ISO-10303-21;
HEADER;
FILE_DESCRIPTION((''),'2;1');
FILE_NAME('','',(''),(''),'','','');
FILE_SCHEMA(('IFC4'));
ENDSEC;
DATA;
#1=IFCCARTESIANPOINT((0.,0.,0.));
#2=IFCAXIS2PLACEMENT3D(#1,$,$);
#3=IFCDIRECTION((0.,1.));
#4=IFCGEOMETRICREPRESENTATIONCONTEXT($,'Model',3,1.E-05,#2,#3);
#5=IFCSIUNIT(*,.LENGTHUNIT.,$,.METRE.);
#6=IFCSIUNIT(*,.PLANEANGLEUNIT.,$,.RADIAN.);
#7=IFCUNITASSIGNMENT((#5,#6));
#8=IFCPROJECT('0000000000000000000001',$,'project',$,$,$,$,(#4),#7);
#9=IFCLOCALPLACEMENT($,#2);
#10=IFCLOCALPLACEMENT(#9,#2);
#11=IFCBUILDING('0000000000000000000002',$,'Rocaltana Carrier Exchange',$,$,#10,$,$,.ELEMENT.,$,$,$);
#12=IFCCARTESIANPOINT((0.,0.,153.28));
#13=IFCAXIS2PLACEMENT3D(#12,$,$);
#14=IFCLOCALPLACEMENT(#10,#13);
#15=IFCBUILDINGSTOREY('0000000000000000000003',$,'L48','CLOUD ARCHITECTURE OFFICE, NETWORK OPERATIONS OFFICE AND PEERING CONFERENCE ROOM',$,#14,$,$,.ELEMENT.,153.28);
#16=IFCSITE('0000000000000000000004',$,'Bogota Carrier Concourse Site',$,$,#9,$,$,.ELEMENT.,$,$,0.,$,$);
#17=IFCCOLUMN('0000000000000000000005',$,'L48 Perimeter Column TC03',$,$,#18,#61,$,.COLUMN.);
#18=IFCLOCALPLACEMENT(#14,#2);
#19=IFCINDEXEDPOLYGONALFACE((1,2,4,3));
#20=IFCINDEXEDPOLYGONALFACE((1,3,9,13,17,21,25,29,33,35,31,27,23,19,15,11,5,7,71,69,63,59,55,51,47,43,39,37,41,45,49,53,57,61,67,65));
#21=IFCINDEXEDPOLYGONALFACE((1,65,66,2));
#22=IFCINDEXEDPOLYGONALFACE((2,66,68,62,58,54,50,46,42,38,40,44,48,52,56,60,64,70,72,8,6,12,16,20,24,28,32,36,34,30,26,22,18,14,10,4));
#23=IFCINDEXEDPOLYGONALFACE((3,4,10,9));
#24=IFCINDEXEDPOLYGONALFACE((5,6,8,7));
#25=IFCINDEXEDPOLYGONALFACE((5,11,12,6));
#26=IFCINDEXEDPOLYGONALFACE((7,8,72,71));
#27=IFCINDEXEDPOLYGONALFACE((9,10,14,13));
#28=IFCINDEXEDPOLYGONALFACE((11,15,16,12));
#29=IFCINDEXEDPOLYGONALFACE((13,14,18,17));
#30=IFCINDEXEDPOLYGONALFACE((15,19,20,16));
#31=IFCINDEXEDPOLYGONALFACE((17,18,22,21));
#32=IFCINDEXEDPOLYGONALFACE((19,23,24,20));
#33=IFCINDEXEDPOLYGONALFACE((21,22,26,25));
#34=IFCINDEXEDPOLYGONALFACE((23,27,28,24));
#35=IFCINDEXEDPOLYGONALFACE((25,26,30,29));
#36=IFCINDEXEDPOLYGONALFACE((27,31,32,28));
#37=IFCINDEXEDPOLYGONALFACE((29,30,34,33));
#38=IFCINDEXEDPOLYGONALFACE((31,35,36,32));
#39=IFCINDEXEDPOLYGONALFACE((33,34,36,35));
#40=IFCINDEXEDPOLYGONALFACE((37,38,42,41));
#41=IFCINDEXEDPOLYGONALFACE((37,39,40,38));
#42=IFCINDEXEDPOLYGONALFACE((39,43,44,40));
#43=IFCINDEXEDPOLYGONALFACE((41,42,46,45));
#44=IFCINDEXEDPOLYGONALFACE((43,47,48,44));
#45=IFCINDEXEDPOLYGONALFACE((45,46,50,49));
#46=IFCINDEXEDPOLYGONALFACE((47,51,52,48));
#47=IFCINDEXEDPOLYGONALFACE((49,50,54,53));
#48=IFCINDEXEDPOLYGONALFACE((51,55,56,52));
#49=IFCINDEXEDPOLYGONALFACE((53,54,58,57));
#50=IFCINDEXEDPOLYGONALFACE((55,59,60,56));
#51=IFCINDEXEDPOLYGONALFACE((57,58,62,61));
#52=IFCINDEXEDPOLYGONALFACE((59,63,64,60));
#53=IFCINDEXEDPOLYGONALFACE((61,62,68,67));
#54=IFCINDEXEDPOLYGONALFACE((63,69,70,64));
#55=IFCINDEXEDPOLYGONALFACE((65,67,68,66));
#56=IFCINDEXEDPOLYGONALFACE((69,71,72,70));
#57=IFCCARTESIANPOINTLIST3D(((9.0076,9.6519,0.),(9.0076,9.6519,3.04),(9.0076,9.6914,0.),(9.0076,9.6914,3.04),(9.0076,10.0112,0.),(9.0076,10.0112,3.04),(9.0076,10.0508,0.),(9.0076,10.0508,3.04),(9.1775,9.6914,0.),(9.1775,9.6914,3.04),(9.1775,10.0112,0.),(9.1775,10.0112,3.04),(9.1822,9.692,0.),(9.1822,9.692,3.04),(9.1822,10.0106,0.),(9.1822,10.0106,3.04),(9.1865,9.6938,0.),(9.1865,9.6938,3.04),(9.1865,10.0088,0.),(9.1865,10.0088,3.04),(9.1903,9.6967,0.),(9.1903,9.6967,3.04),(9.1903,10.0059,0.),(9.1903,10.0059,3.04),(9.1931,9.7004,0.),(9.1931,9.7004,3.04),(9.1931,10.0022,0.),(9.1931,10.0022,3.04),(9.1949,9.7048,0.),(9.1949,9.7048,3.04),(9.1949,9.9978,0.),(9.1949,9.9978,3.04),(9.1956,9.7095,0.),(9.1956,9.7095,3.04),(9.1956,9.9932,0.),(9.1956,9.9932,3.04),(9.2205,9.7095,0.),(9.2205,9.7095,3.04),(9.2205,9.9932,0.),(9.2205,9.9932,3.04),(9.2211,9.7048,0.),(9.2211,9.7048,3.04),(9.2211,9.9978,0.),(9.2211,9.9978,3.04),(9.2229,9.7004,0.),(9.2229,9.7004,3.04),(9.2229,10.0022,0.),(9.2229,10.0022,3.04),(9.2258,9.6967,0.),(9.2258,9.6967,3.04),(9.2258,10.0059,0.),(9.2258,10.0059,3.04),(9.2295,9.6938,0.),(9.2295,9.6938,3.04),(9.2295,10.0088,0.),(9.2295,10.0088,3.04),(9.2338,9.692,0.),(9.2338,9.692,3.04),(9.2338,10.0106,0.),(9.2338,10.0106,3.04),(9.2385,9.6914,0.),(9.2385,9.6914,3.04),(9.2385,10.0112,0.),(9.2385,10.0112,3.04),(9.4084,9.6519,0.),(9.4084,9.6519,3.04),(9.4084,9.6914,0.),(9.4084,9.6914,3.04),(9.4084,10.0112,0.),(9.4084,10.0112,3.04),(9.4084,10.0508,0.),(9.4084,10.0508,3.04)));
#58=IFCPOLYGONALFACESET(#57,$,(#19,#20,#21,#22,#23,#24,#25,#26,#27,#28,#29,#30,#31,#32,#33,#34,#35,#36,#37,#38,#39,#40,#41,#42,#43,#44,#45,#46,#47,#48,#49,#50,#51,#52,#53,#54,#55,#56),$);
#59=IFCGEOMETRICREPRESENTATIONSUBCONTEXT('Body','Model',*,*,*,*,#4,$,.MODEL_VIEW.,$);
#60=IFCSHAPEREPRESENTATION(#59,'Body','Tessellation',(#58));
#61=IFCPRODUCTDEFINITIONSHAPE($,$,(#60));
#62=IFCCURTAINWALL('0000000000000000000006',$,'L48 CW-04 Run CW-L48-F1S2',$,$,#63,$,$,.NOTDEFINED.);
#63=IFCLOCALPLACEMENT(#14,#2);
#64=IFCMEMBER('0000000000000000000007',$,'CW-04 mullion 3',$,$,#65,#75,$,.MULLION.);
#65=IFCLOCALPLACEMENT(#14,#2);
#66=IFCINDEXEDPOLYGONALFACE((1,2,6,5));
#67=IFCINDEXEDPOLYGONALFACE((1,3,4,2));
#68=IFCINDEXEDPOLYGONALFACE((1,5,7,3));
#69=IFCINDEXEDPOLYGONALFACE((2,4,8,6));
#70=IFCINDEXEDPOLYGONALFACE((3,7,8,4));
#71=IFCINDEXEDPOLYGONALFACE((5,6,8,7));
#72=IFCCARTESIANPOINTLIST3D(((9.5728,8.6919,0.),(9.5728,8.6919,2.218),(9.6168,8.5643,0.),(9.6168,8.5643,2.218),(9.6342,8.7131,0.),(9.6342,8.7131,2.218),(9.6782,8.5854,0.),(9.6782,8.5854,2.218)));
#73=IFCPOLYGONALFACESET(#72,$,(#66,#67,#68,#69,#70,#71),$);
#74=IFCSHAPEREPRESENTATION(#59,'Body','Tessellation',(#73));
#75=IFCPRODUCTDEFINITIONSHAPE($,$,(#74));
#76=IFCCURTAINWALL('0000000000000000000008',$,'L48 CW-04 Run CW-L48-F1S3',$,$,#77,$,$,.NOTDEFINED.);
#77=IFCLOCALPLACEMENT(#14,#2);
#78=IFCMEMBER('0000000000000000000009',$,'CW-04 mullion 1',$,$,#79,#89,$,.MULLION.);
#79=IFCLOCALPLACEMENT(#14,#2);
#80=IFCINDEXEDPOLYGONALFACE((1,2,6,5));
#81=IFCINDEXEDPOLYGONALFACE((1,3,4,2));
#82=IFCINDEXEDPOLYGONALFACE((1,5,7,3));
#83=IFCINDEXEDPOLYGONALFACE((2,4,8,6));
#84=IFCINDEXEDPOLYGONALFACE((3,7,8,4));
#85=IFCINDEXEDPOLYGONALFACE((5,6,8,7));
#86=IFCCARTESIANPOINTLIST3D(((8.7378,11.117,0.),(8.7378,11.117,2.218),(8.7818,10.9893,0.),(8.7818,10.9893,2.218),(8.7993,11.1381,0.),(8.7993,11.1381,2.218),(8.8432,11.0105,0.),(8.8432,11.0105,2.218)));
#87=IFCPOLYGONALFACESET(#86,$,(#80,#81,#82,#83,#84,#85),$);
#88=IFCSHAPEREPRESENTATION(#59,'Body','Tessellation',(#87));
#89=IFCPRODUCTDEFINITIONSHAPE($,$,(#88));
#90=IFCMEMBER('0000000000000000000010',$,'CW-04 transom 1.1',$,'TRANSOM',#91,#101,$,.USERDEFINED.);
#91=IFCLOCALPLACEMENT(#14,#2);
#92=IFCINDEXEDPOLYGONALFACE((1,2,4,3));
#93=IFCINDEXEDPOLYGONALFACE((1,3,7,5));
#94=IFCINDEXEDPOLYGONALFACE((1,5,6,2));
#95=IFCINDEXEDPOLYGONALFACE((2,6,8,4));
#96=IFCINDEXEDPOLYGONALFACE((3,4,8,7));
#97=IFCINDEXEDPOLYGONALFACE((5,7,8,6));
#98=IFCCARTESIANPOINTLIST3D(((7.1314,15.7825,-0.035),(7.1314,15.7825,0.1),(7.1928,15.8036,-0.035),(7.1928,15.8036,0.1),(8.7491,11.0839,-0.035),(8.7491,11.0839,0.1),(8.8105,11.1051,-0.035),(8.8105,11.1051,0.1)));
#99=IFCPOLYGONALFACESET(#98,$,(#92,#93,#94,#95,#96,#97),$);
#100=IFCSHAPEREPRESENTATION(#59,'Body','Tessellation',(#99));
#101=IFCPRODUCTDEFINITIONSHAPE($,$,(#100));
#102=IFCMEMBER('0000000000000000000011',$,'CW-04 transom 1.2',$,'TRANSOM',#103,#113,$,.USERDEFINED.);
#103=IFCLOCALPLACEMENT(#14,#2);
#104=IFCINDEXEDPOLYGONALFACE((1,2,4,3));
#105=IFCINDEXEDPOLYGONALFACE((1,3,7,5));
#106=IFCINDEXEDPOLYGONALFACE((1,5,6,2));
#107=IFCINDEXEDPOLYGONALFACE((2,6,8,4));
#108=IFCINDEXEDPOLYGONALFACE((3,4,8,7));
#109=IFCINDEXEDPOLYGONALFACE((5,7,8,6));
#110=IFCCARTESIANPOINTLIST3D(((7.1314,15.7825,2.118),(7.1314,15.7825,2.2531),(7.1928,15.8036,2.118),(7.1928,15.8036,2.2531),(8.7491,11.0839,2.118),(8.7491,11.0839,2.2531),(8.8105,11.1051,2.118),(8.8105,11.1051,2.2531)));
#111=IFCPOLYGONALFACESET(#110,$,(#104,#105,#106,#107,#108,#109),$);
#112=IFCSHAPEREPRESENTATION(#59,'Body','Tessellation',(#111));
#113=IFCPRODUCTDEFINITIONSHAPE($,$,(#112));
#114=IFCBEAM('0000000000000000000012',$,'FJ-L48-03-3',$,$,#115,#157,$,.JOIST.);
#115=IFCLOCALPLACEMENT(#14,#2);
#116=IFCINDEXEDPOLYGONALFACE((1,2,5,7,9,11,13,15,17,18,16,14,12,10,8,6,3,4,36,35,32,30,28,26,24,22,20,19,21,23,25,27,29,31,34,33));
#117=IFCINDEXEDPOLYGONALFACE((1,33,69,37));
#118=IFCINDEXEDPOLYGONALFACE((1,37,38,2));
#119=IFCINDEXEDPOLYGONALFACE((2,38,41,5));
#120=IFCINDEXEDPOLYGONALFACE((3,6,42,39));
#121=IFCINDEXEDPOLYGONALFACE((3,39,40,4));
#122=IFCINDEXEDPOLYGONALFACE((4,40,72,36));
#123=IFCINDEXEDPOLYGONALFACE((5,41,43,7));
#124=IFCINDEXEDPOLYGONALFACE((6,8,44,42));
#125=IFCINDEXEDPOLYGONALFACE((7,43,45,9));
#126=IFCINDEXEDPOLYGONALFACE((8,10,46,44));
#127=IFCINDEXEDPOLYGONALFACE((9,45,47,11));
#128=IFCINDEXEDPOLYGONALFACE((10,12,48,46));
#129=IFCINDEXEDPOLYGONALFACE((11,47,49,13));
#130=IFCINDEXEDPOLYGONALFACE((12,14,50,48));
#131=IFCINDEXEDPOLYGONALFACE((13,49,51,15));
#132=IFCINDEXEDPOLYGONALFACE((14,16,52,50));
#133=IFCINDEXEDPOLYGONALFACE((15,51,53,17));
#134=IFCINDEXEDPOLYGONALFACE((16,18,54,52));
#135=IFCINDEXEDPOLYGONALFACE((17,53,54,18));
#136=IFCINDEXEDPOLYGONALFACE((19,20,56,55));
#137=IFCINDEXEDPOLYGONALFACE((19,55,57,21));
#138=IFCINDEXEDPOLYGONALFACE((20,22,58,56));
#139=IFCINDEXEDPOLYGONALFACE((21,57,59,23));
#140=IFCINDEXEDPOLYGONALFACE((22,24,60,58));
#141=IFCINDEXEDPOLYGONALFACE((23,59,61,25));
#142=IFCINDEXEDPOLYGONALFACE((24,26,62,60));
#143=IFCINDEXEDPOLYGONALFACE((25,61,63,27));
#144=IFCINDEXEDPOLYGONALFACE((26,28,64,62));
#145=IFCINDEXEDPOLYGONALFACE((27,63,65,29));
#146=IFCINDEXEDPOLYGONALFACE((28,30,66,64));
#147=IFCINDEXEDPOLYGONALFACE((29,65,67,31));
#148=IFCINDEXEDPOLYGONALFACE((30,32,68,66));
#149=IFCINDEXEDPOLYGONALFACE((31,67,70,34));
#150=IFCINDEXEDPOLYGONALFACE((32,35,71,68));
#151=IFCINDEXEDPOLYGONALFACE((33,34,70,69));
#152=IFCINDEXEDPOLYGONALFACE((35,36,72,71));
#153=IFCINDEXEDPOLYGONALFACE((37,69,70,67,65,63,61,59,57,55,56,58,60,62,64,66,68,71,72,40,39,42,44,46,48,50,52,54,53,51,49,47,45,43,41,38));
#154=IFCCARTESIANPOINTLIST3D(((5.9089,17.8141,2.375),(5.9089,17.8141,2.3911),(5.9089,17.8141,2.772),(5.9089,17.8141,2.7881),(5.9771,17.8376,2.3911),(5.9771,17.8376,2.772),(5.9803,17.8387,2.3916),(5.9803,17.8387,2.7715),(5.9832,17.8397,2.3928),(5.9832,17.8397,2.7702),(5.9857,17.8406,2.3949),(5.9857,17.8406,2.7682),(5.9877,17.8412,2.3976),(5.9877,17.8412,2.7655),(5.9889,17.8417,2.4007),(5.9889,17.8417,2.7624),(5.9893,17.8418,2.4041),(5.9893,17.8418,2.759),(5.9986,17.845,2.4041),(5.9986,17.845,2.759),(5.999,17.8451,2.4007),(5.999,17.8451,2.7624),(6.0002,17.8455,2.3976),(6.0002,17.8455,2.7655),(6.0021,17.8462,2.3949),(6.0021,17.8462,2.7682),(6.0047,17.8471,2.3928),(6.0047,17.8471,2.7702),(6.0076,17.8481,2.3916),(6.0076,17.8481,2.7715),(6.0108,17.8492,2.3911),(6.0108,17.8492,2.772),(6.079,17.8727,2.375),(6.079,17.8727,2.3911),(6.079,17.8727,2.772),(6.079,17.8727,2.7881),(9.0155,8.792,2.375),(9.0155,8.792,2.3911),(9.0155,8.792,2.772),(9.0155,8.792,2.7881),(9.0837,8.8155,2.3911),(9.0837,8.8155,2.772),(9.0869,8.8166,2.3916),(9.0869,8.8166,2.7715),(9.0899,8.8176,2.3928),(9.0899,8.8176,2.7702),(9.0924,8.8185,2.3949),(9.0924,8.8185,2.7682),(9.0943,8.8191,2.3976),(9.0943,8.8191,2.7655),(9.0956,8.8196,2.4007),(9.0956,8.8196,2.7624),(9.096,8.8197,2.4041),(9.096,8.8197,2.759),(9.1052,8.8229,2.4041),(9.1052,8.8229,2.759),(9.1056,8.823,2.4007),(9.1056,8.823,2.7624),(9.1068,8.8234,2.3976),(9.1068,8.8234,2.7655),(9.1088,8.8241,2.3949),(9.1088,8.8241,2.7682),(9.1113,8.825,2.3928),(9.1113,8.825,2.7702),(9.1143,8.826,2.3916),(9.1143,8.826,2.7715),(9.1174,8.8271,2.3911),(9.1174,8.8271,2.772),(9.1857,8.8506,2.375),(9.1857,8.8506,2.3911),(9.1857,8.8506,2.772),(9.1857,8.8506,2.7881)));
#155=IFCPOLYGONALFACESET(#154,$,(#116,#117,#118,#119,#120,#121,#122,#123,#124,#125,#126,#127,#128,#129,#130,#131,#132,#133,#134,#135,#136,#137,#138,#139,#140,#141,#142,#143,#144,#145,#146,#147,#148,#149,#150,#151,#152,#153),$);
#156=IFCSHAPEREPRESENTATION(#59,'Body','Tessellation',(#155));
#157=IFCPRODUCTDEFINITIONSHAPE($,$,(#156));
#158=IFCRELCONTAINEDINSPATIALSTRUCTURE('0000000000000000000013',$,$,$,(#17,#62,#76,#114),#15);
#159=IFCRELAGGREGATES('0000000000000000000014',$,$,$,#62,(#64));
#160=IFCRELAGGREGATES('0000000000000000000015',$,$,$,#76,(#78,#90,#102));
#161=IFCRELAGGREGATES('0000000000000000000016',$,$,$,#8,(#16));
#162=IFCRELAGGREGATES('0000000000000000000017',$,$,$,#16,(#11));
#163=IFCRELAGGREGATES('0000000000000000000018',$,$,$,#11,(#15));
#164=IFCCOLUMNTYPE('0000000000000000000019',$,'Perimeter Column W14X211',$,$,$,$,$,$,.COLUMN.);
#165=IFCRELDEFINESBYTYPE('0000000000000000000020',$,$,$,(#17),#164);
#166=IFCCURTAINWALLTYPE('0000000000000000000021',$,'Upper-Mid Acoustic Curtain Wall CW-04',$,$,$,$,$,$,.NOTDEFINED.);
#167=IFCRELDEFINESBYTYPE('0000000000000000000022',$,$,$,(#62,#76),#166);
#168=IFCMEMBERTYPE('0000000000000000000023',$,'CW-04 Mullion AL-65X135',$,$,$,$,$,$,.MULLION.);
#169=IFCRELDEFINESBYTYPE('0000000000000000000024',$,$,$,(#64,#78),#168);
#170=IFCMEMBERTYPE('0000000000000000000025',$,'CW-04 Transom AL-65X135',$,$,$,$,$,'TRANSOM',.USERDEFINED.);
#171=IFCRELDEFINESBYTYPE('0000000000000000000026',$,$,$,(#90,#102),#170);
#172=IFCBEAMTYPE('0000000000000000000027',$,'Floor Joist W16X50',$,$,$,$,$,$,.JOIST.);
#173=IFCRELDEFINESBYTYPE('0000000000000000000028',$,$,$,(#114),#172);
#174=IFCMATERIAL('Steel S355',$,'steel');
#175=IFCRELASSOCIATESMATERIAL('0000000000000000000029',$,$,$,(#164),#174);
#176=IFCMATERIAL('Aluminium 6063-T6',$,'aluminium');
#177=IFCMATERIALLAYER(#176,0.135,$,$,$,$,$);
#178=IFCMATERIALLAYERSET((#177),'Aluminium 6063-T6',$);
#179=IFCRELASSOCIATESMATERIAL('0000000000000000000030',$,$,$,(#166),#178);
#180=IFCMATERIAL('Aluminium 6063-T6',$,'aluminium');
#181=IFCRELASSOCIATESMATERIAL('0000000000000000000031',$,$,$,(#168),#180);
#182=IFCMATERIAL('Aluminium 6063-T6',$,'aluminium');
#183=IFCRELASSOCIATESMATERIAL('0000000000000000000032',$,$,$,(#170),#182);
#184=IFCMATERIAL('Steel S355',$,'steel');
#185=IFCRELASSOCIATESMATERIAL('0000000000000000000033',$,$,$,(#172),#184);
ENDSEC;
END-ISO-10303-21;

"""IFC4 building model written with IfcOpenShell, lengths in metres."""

from ifc_helpers import new_model, si_unit, direction, frame, origin, origin_2d, place, context, subcontext, project, spatial, rectangle, i_section, extrude, material, layer, layer_set, material_profile, profile_set, type_object, element, aggregate, save


model = new_model("IFC4")

# Units and contexts
model_context = context("Model", 3, precision=1e-05, world=origin(), true_north=direction((0.0, 1.0)))
body_context = subcontext(model_context, "Body", "Model", "MODEL_VIEW")
ifc_project = project(units=[si_unit("LENGTHUNIT", "METRE"), si_unit("PLANEANGLEUNIT", "RADIAN")], contexts=[model_context])

# Site, building, storey
site_placement = place(None, origin())
site = spatial("IfcSite", under=ifc_project, at=site_placement, Name="Bogota Carrier Concourse Site", CompositionType="ELEMENT", RefElevation=0.0)
building_placement = place(site_placement, origin())
building = spatial("IfcBuilding", under=site, at=building_placement, Name="Rocaltana Carrier Exchange", CompositionType="ELEMENT")
storey_placement = place(building_placement, frame((0.0, 0.0, 153.28)))
storey = spatial("IfcBuildingStorey", under=building, at=storey_placement, Name="L48", Description="CLOUD ARCHITECTURE OFFICE, NETWORK OPERATIONS OFFICE AND PEERING CONFERENCE ROOM", CompositionType="ELEMENT", Elevation=153.28)

# Column
ifc_material_1 = material(Name="Steel S355", Category="steel")
ifc_material_profile_1 = material_profile(ifc_material_1, i_section(OverallWidth=0.4009, OverallDepth=0.3989, WebThickness=0.0249, FlangeThickness=0.0396, FilletRadius=0.0181, at=origin_2d()), Name="W14X211")
ifc_profile_set_1 = profile_set([ifc_material_profile_1], Name="Steel S355")
column_type = type_object("IfcColumnType", Name="Perimeter Column W14X211", PredefinedType="COLUMN", material=ifc_profile_set_1)
column_placement = place(storey_placement, frame((9.208, 9.8513, 0.0), z_axis=(0.0, 0.0, 1.0), x_axis=(1.0, 0.0, 0.0)))
element("IfcColumn", 1, at=column_placement, inside=storey, type_object=column_type, Name="L48 Perimeter Column TC03", PredefinedType="COLUMN", context=body_context, shape_type="SweptSolid", body=[
    extrude(i_section(OverallWidth=0.4009, OverallDepth=0.3989, WebThickness=0.0249, FlangeThickness=0.0396, FilletRadius=0.0181, at=origin_2d()), origin(), (0.0, 0.0, 1.0), 3.04),
])

# Curtain wall, member
ifc_material_2 = material(Name="Aluminium 6063-T6", Category="aluminium")
ifc_layer_1 = layer(ifc_material_2, 0.135)
ifc_layer_set_1 = layer_set([ifc_layer_1], Name="Aluminium 6063-T6")
curtain_wall_type = type_object("IfcCurtainWallType", Name="Upper-Mid Acoustic Curtain Wall CW-04", PredefinedType="NOTDEFINED", material=ifc_layer_set_1)
curtain_wall_1_placement = place(storey_placement, origin())
curtain_wall_1 = element("IfcCurtainWall", 2, at=curtain_wall_1_placement, inside=storey, type_object=curtain_wall_type, Name="L48 CW-04 Run CW-L48-F1S2", PredefinedType="NOTDEFINED")
ifc_material_3 = material(Name="Aluminium 6063-T6", Category="aluminium")
ifc_material_profile_2 = material_profile(ifc_material_3, rectangle(XDim=0.0649, YDim=0.135, at=origin_2d()), Name="AL-65X135")
ifc_profile_set_2 = profile_set([ifc_material_profile_2], Name="Aluminium 6063-T6")
member_type_1 = type_object("IfcMemberType", Name="CW-04 Mullion AL-65X135", PredefinedType="MULLION", material=ifc_profile_set_2)
member_1_placement = place(storey_placement, frame((9.6255, 8.6387, 0.0), z_axis=(0.0, 0.0, 1.0), x_axis=(-0.945521, -0.325562, 0.0)))
member_1 = element("IfcMember", 3, at=member_1_placement, type_object=member_type_1, Name="CW-04 mullion 3", PredefinedType="MULLION", context=body_context, shape_type="SweptSolid", body=[
    extrude(rectangle(XDim=0.0649, YDim=0.135, at=origin_2d()), origin(), (0.0, 0.0, 1.0), 2.218),
])

# Curtain wall, members
curtain_wall_2_placement = place(storey_placement, origin())
curtain_wall_2 = element("IfcCurtainWall", 4, at=curtain_wall_2_placement, inside=storey, type_object=curtain_wall_type, Name="L48 CW-04 Run CW-L48-F1S3", PredefinedType="NOTDEFINED")
member_2_placement = place(storey_placement, frame((8.7905, 11.0637, 0.0), z_axis=(0.0, 0.0, 1.0), x_axis=(-0.945522, -0.325559, 0.0)))
member_2 = element("IfcMember", 5, at=member_2_placement, type_object=member_type_1, Name="CW-04 mullion 1", PredefinedType="MULLION", context=body_context, shape_type="SweptSolid", body=[
    extrude(rectangle(XDim=0.0649, YDim=0.135, at=origin_2d()), origin(), (0.0, 0.0, 1.0), 2.218),
])
ifc_material_4 = material(Name="Aluminium 6063-T6", Category="aluminium")
ifc_material_profile_3 = material_profile(ifc_material_4, rectangle(XDim=0.0649, YDim=0.135, at=origin_2d()), Name="AL-65X135")
ifc_profile_set_3 = profile_set([ifc_material_profile_3], Name="Aluminium 6063-T6")
member_type_2 = type_object("IfcMemberType", Name="CW-04 Transom AL-65X135", ElementType="TRANSOM", PredefinedType="USERDEFINED", material=ifc_profile_set_3)
member_3_placement = place(storey_placement, frame((8.7798, 11.0945, 0.0325), z_axis=(-0.325542, 0.945527, 0.0), x_axis=(-0.945527, -0.325542, 0.0)))
member_3 = element("IfcMember", 6, at=member_3_placement, type_object=member_type_2, Name="CW-04 transom 1.1", ObjectType="TRANSOM", PredefinedType="USERDEFINED", context=body_context, shape_type="SweptSolid", body=[
    extrude(rectangle(XDim=0.0649, YDim=0.135, at=origin_2d()), origin(), (0.0, 0.0, 1.0), 4.9692),
])
member_4_placement = place(storey_placement, frame((8.7798, 11.0945, 2.1855), z_axis=(-0.325542, 0.945527, 0.0), x_axis=(-0.945527, -0.325542, 0.0)))
member_4 = element("IfcMember", 7, at=member_4_placement, type_object=member_type_2, Name="CW-04 transom 1.2", ObjectType="TRANSOM", PredefinedType="USERDEFINED", context=body_context, shape_type="SweptSolid", body=[
    extrude(rectangle(XDim=0.0649, YDim=0.135, at=origin_2d()), origin(), (0.0, 0.0, 1.0), 4.9692),
])

# Beam
ifc_material_5 = material(Name="Steel S355", Category="steel")
ifc_material_profile_4 = material_profile(ifc_material_5, i_section(OverallWidth=0.1799, OverallDepth=0.4131, WebThickness=0.0098, FlangeThickness=0.0161, FilletRadius=0.0129, at=origin_2d()), Name="W16X50")
ifc_profile_set_4 = profile_set([ifc_material_profile_4], Name="Steel S355")
beam_type_1 = type_object("IfcBeamType", Name="Floor Joist W16X50", PredefinedType="JOIST", material=ifc_profile_set_4)
beam_1_placement = place(storey_placement, frame((9.1006, 8.8213, 2.5815), z_axis=(-0.325577, 0.945516, 0.0), x_axis=(-0.945516, -0.325577, 0.0)))
element("IfcBeam", 8, at=beam_1_placement, inside=storey, type_object=beam_type_1, Name="FJ-L48-03-3", PredefinedType="JOIST", context=body_context, shape_type="SweptSolid", body=[
    extrude(i_section(OverallWidth=0.1799, OverallDepth=0.4131, WebThickness=0.0098, FlangeThickness=0.0161, FilletRadius=0.0129, at=origin_2d()), origin(), (0.0, 0.0, 1.0), 9.542),
])

aggregate(curtain_wall_1, [member_1])
aggregate(curtain_wall_2, [member_2, member_3, member_4])

save(model, "model.ifc")
